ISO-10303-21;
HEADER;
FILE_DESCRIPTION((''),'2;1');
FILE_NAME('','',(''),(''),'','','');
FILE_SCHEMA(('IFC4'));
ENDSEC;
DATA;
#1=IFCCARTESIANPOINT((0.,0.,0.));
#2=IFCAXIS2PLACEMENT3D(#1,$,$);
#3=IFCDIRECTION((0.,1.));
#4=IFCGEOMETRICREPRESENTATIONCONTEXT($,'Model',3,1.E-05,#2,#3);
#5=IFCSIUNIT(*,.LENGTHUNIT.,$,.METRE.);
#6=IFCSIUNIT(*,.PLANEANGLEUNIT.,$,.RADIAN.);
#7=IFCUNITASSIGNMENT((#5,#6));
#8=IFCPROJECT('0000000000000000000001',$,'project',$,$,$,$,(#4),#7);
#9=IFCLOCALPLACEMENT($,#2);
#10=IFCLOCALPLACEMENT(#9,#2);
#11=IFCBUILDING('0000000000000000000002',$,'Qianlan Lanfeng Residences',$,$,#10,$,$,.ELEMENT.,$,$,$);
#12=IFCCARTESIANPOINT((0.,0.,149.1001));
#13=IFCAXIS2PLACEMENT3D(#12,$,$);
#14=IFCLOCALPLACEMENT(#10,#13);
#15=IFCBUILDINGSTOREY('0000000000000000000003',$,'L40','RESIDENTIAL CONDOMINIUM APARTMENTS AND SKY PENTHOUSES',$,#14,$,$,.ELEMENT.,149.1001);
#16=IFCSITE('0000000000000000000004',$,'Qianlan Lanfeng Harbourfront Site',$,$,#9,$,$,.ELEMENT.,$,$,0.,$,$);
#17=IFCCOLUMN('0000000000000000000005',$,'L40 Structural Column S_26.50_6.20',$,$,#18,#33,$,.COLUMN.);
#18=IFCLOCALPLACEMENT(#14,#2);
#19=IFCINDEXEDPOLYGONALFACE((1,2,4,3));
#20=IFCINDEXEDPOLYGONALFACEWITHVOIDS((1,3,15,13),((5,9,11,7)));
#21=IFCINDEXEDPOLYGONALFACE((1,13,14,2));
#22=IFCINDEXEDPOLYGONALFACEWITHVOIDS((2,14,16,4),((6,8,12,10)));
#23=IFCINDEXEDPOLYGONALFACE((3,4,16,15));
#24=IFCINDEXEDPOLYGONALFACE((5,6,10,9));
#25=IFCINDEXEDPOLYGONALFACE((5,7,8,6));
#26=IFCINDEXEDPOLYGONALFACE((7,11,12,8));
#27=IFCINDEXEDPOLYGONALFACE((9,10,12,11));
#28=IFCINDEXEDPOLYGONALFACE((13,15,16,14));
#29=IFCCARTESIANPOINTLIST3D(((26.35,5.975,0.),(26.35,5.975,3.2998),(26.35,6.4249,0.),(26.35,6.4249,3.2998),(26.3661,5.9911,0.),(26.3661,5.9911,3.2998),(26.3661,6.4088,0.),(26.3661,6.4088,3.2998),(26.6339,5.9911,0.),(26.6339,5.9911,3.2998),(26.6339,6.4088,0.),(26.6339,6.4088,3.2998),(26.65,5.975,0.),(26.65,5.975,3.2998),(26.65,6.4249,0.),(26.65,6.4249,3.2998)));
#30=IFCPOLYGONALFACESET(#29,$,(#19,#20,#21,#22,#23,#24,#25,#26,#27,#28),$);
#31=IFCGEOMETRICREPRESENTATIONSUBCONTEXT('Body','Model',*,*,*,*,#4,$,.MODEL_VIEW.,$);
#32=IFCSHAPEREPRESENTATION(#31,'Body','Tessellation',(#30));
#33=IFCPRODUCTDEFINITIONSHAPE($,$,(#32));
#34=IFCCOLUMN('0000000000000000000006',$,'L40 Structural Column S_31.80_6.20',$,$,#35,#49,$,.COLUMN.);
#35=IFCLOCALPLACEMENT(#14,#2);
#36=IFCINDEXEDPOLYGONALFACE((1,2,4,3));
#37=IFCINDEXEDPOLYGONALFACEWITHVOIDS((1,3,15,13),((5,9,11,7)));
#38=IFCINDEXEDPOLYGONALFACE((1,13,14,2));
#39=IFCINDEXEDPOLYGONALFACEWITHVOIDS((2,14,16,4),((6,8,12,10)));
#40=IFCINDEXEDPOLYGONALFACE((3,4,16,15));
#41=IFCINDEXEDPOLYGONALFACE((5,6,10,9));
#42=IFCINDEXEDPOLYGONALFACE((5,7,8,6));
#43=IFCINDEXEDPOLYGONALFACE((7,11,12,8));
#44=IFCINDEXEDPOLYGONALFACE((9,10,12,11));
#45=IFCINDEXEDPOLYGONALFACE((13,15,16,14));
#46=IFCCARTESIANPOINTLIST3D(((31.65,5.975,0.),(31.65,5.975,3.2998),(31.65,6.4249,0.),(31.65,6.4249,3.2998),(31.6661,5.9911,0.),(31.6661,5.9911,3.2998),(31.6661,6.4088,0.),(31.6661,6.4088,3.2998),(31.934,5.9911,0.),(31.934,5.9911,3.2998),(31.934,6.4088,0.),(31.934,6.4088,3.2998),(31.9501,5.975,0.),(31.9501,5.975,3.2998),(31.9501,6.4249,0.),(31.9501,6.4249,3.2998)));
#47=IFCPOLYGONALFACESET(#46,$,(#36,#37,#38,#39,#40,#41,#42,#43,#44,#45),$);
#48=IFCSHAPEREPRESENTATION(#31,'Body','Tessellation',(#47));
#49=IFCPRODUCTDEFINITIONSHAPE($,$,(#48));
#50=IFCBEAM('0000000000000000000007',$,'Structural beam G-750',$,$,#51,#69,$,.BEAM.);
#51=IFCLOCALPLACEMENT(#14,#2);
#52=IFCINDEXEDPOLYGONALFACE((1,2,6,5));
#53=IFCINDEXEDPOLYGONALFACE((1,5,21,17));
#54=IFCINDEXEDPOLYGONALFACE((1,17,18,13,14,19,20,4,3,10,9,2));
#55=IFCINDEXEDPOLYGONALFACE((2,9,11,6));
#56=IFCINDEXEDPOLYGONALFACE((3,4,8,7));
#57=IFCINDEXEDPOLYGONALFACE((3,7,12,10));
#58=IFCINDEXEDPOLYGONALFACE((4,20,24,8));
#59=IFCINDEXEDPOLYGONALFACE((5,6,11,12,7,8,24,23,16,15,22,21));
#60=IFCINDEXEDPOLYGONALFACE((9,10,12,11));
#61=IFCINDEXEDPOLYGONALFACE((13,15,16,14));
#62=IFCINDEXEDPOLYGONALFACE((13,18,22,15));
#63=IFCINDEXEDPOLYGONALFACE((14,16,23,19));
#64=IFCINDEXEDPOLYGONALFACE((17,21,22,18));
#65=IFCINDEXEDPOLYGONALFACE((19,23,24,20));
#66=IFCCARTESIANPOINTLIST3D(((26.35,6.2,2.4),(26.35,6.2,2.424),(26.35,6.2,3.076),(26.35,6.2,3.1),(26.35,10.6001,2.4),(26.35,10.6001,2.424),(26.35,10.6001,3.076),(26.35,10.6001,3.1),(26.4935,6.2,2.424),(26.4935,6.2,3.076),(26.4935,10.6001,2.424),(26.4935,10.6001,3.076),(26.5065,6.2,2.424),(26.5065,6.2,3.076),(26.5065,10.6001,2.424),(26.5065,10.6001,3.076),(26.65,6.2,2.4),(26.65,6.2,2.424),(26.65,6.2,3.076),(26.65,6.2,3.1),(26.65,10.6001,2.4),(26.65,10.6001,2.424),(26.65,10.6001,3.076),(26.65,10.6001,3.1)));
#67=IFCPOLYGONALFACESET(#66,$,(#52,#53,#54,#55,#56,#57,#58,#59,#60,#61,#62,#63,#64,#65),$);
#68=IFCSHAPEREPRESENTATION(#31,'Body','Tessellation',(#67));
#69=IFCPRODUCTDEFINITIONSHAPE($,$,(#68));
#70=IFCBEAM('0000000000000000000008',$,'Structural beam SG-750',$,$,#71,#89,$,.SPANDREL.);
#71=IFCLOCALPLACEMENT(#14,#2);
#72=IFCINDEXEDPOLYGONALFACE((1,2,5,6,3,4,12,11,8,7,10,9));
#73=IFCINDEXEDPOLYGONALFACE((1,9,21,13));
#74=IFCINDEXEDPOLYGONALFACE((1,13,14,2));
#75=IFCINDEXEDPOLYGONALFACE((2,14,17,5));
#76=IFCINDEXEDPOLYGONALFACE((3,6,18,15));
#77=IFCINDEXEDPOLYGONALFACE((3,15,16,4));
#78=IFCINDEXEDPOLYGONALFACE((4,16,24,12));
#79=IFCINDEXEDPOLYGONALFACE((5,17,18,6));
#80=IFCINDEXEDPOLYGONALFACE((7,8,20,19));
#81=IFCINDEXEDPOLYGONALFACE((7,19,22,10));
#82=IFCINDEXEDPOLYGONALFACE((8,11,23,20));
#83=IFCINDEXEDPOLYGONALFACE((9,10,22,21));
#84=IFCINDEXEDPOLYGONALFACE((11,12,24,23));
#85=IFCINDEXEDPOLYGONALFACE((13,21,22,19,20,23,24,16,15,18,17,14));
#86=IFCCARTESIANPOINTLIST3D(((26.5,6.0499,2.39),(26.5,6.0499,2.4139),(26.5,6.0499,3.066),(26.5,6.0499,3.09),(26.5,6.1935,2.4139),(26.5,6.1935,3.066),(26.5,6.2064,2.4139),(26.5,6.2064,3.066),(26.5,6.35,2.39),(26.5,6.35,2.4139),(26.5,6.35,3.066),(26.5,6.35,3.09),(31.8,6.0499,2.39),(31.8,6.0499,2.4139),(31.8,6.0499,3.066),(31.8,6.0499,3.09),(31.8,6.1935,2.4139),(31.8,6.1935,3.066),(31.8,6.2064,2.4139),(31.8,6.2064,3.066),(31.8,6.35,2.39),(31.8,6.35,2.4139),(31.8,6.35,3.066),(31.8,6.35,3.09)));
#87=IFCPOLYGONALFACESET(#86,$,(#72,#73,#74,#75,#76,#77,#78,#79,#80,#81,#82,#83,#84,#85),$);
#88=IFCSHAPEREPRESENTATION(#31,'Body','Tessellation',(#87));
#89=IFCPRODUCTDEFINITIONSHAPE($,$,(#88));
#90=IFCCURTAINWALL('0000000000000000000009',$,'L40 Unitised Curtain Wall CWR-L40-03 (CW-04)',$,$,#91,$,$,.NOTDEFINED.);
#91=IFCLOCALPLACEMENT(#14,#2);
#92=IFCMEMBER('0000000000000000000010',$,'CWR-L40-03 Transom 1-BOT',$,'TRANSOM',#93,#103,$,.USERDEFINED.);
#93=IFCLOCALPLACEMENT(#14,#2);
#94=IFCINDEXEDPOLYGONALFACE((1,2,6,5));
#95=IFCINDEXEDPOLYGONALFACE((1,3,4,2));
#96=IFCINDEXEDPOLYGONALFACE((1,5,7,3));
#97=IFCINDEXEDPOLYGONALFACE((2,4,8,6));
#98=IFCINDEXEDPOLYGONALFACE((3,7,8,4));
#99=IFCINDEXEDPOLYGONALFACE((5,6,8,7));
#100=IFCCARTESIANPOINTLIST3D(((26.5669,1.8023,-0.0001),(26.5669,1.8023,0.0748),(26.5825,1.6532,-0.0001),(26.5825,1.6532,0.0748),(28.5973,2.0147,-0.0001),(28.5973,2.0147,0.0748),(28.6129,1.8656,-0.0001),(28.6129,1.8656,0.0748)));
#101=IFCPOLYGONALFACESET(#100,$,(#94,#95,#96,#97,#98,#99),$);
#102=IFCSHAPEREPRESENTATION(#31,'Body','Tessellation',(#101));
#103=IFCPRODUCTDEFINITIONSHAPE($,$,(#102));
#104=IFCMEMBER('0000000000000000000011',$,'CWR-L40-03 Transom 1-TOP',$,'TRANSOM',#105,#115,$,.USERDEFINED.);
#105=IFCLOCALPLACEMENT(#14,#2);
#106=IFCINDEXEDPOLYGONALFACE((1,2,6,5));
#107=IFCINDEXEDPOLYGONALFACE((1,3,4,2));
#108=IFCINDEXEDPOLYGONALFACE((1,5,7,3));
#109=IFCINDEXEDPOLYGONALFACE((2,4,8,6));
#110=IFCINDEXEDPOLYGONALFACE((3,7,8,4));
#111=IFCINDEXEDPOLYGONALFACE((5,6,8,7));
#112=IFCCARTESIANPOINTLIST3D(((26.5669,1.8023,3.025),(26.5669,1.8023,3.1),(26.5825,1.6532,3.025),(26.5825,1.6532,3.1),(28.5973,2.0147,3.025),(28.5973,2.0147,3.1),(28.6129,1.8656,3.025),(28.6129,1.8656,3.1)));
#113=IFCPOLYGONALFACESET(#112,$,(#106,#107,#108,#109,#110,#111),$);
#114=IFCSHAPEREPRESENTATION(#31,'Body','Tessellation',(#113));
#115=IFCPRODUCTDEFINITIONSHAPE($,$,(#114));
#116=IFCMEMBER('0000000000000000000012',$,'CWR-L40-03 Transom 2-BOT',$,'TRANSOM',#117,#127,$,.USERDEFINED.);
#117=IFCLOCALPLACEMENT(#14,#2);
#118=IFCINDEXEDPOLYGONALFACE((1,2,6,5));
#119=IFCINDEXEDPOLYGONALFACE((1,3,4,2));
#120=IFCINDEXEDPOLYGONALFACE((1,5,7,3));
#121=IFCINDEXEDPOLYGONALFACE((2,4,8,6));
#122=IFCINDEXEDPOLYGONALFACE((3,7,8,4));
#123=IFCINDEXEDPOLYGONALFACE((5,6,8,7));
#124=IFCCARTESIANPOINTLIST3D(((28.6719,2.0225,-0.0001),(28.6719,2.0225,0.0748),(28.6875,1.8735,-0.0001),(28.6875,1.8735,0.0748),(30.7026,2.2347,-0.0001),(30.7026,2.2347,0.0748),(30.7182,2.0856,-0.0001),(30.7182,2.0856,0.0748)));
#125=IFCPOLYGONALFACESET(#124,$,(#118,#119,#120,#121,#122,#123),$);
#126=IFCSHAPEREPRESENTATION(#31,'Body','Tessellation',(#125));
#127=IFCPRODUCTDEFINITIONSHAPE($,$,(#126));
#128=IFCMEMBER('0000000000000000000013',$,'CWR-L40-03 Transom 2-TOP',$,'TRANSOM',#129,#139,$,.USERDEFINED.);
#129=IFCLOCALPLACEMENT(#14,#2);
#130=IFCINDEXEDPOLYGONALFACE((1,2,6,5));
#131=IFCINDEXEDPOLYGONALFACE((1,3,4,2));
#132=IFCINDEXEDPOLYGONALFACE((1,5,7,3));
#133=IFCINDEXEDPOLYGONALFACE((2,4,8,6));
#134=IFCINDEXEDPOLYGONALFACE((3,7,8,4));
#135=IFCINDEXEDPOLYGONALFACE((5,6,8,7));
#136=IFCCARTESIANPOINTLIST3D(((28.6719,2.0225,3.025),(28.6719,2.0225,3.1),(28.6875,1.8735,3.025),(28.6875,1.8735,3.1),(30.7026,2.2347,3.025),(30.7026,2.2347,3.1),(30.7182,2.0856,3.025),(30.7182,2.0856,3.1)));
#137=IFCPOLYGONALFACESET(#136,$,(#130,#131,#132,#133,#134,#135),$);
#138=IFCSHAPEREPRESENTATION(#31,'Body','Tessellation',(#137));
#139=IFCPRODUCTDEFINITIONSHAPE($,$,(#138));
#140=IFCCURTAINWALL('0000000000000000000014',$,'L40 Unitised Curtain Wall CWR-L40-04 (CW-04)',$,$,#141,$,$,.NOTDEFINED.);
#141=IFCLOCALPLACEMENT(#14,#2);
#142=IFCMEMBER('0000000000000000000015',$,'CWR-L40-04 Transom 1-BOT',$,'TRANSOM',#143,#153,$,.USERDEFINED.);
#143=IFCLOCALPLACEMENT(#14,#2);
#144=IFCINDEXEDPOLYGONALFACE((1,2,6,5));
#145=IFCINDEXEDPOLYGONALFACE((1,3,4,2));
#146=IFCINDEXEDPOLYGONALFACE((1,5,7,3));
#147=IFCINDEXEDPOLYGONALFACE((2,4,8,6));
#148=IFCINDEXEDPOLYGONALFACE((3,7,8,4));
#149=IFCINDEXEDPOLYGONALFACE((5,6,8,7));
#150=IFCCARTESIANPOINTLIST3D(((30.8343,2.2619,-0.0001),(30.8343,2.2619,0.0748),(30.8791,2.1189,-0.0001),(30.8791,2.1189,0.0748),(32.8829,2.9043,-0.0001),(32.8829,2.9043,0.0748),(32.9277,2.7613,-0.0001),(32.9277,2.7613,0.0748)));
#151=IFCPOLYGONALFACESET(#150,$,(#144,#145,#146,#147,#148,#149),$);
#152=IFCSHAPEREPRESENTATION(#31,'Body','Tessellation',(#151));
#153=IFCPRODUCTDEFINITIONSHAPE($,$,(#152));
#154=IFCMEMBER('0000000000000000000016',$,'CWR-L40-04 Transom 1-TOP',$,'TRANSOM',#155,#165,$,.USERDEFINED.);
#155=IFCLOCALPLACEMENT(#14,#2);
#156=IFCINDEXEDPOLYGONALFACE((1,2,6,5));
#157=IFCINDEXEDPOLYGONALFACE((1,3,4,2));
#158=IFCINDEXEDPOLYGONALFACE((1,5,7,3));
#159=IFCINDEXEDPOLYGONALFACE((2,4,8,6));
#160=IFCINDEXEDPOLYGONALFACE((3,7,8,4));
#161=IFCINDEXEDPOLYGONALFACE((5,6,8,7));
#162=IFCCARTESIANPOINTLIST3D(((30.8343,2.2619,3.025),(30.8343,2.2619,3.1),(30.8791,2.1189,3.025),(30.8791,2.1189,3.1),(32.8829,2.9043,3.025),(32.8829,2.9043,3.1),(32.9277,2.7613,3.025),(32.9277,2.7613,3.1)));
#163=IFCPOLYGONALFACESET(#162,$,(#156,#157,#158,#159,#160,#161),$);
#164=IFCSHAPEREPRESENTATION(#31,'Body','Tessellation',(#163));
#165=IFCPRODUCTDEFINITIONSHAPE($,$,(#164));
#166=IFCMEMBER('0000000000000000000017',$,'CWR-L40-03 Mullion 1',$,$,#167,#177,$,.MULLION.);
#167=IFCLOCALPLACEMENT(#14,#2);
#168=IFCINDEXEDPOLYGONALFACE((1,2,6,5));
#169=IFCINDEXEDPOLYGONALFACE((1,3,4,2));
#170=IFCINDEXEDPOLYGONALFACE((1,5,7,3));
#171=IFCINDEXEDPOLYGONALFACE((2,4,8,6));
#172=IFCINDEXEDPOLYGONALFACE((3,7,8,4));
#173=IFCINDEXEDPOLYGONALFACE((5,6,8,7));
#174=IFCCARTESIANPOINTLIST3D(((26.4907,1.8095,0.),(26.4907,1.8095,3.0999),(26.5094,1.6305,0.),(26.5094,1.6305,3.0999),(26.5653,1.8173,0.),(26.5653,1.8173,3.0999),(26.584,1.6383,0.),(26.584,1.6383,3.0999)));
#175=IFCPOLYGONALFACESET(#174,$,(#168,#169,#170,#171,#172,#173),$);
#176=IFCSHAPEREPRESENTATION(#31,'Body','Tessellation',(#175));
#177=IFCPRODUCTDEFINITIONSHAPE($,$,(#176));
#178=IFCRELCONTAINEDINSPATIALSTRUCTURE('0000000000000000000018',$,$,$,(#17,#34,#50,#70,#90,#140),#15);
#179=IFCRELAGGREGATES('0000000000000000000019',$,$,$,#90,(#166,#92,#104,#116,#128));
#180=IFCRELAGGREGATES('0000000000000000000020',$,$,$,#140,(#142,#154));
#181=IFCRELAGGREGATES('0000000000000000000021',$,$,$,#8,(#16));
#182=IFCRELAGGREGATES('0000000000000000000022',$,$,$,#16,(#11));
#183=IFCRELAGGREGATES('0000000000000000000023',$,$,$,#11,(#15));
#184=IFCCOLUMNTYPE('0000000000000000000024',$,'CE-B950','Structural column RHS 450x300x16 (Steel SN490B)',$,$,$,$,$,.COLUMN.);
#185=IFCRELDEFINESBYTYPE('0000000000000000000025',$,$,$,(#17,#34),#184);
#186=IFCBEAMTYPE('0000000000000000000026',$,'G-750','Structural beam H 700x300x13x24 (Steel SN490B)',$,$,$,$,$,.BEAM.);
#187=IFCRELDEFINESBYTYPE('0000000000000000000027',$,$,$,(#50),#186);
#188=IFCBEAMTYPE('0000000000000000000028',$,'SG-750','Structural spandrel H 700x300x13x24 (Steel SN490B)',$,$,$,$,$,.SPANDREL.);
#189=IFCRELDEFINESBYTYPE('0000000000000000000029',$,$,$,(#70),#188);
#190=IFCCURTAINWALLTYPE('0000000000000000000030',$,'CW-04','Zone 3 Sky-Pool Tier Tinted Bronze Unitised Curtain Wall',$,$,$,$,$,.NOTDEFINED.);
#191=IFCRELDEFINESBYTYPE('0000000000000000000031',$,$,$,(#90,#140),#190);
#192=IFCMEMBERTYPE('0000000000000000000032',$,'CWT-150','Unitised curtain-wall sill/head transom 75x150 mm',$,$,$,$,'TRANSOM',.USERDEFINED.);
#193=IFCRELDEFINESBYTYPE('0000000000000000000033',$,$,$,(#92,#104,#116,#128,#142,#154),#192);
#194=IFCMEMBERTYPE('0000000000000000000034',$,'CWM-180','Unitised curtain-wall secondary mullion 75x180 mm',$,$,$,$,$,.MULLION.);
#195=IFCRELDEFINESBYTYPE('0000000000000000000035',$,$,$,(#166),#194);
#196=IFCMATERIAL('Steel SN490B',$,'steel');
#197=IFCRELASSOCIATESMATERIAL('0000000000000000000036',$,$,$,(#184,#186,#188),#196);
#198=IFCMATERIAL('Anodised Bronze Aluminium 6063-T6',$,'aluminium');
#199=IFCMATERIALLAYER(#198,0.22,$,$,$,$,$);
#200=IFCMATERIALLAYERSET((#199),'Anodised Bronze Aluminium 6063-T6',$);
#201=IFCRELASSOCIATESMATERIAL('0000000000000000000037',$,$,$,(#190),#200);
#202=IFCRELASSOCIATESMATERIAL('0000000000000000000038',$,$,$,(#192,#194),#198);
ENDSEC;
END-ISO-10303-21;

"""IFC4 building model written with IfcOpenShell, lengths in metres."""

from ifc_helpers import new_model, si_unit, direction, frame, origin, origin_2d, place, context, subcontext, project, spatial, rectangle, hollow_rectangle, i_section, extrude, source, transform, mapped, material, layer, layer_set, material_profile, profile_set, type_object, element, aggregate, save


model = new_model("IFC4")

# Units and contexts
model_context = context("Model", 3, precision=1e-05, world=origin(), true_north=direction((0.0, 1.0)))
body_context = subcontext(model_context, "Body", "Model", "MODEL_VIEW")
ifc_project = project(units=[si_unit("LENGTHUNIT", "METRE"), si_unit("PLANEANGLEUNIT", "RADIAN")], contexts=[model_context])

# Site, building, storey
site_placement = place(None, origin())
site = spatial("IfcSite", under=ifc_project, at=site_placement, Name="Qianlan Lanfeng Harbourfront Site", CompositionType="ELEMENT", RefElevation=0.0)
building_placement = place(site_placement, origin())
building = spatial("IfcBuilding", under=site, at=building_placement, Name="Qianlan Lanfeng Residences", CompositionType="ELEMENT")
storey_placement = place(building_placement, frame((0.0, 0.0, 149.1001)))
storey = spatial("IfcBuildingStorey", under=building, at=storey_placement, Name="L40", Description="RESIDENTIAL CONDOMINIUM APARTMENTS AND SKY PENTHOUSES", CompositionType="ELEMENT", Elevation=149.1001)

# Columns
ifc_material_1 = material(Name="Steel SN490B", Category="steel")
ifc_material_profile_1 = material_profile(ifc_material_1, hollow_rectangle(XDim=0.3, YDim=0.45, WallThickness=0.0161, at=origin_2d()), Name="RHS 450x300x16")
ifc_profile_set_1 = profile_set([ifc_material_profile_1], Name="Steel SN490B")
column_type = type_object("IfcColumnType", Name="CE-B950", Description="Structural column RHS 450x300x16 (Steel SN490B)", PredefinedType="COLUMN", material=ifc_profile_set_1)
for number, where, z_axis, x_axis, name in (
    (1, (26.5, 6.2, 0.0), (0.0, 0.0, 1.0), (1.0, 0.0, 0.0), "L40 Structural Column S_26.50_6.20"),
    (2, (31.8, 6.2, 0.0), (0.0, 0.0, 1.0), (1.0, 0.0, 0.0), "L40 Structural Column S_31.80_6.20"),
):
    element("IfcColumn", number, at=place(storey_placement, frame(where, z_axis=z_axis, x_axis=x_axis)), inside=storey, type_object=column_type, Name=name, PredefinedType="COLUMN", context=body_context, shape_type="SweptSolid", body=[
        extrude(hollow_rectangle(XDim=0.3, YDim=0.45, WallThickness=0.0161, at=origin_2d()), origin(), (0.0, 0.0, 1.0), 3.2998),
    ])

# Beams
ifc_material_profile_2 = material_profile(ifc_material_1, i_section(OverallWidth=0.3, OverallDepth=0.7, WebThickness=0.0129, FlangeThickness=0.0239, at=origin_2d()), Name="H 700x300x13x24")
ifc_profile_set_2 = profile_set([ifc_material_profile_2], Name="Steel SN490B")
beam_type_1 = type_object("IfcBeamType", Name="G-750", Description="Structural beam H 700x300x13x24 (Steel SN490B)", PredefinedType="BEAM", material=ifc_profile_set_2)
beam_1_placement = place(storey_placement, frame((26.5, 6.2, 2.75), z_axis=(0.0, 1.0, 0.0), x_axis=(-1.0, 0.0, 0.0)))
element("IfcBeam", 3, at=beam_1_placement, inside=storey, type_object=beam_type_1, Name="Structural beam G-750", PredefinedType="BEAM", context=body_context, shape_type="SweptSolid", body=[
    extrude(i_section(OverallWidth=0.3, OverallDepth=0.7, WebThickness=0.0129, FlangeThickness=0.0239, at=origin_2d()), origin(), (0.0, 0.0, 1.0), 4.4001),
])
ifc_material_profile_3 = material_profile(ifc_material_1, i_section(OverallWidth=0.3, OverallDepth=0.7, WebThickness=0.0129, FlangeThickness=0.0239, at=origin_2d()), Name="H 700x300x13x24")
ifc_profile_set_3 = profile_set([ifc_material_profile_3], Name="Steel SN490B")
beam_type_2 = type_object("IfcBeamType", Name="SG-750", Description="Structural spandrel H 700x300x13x24 (Steel SN490B)", PredefinedType="SPANDREL", material=ifc_profile_set_3)
beam_2_placement = place(storey_placement, frame((26.5, 6.2, 2.74), z_axis=(1.0, 0.0, 0.0), x_axis=(0.0, 1.0, 0.0)))
element("IfcBeam", 4, at=beam_2_placement, inside=storey, type_object=beam_type_2, Name="Structural beam SG-750", PredefinedType="SPANDREL", context=body_context, shape_type="SweptSolid", body=[
    extrude(i_section(OverallWidth=0.3, OverallDepth=0.7, WebThickness=0.0129, FlangeThickness=0.0239, at=origin_2d()), origin(), (0.0, 0.0, 1.0), 5.3),
])

# Curtain walls, members
ifc_material_2 = material(Name="Anodised Bronze Aluminium 6063-T6", Category="aluminium")
ifc_layer_1 = layer(ifc_material_2, 0.22)
ifc_layer_set_1 = layer_set([ifc_layer_1], Name="Anodised Bronze Aluminium 6063-T6")
curtain_wall_type = type_object("IfcCurtainWallType", Name="CW-04", Description="Zone 3 Sky-Pool Tier Tinted Bronze Unitised Curtain Wall", PredefinedType="NOTDEFINED", material=ifc_layer_set_1)
curtain_wall_1_placement = place(storey_placement, origin())
curtain_wall_1 = element("IfcCurtainWall", 5, at=curtain_wall_1_placement, inside=storey, type_object=curtain_wall_type, Name="L40 Unitised Curtain Wall CWR-L40-03 (CW-04)", PredefinedType="NOTDEFINED")
ifc_material_profile_4 = material_profile(ifc_material_2, rectangle(XDim=0.075, YDim=0.1499, at=origin_2d()), Name="ALU TRANSOM 75x150")
ifc_profile_set_4 = profile_set([ifc_material_profile_4], Name="Anodised Bronze Aluminium 6063-T6")
member_type_1 = type_object("IfcMemberType", Name="CWT-150", Description="Unitised curtain-wall sill/head transom 75x150 mm", ElementType="TRANSOM", PredefinedType="USERDEFINED", material=ifc_profile_set_4)
shared_shape_1 = source(origin(), body_context, "Body", "SweptSolid", [
    extrude(rectangle(XDim=0.075, YDim=0.1499, at=origin_2d()), origin(), (0.0, 0.0, 1.0), 2.0415),
])
member_1_placement = place(storey_placement, frame((26.5747, 1.7278, 0.0374), z_axis=(0.994573, 0.104037, 0.0), x_axis=(0.0, 0.0, 1.0)))
member_1 = element("IfcMember", 6, at=member_1_placement, type_object=member_type_1, Name="CWR-L40-03 Transom 1-BOT", ObjectType="TRANSOM", PredefinedType="USERDEFINED", context=body_context, shape_type="MappedRepresentation", body=[
    mapped(shared_shape_1, transform((0.0, 0.0, 0.0), scale=1.0)),
])
member_2_placement = place(storey_placement, frame((26.5747, 1.7278, 3.0625), z_axis=(0.994573, 0.104037, 0.0), x_axis=(0.0, 0.0, 1.0)))
member_2 = element("IfcMember", 7, at=member_2_placement, type_object=member_type_1, Name="CWR-L40-03 Transom 1-TOP", ObjectType="TRANSOM", PredefinedType="USERDEFINED", context=body_context, shape_type="MappedRepresentation", body=[
    mapped(shared_shape_1, transform((0.0, 0.0, 0.0), scale=1.0)),
])
shared_shape_2 = source(origin(), body_context, "Body", "SweptSolid", [
    extrude(rectangle(XDim=0.075, YDim=0.1499, at=origin_2d()), origin(), (0.0, 0.0, 1.0), 2.0417),
])
member_3_placement = place(storey_placement, frame((28.6797, 1.948, 0.0374), z_axis=(0.994587, 0.103907, 0.0), x_axis=(0.0, 0.0, 1.0)))
member_3 = element("IfcMember", 8, at=member_3_placement, type_object=member_type_1, Name="CWR-L40-03 Transom 2-BOT", ObjectType="TRANSOM", PredefinedType="USERDEFINED", context=body_context, shape_type="MappedRepresentation", body=[
    mapped(shared_shape_2, transform((0.0, 0.0, 0.0), scale=1.0)),
])
member_4_placement = place(storey_placement, frame((28.6797, 1.948, 3.0625), z_axis=(0.994587, 0.103907, 0.0), x_axis=(0.0, 0.0, 1.0)))
member_4 = element("IfcMember", 9, at=member_4_placement, type_object=member_type_1, Name="CWR-L40-03 Transom 2-TOP", ObjectType="TRANSOM", PredefinedType="USERDEFINED", context=body_context, shape_type="MappedRepresentation", body=[
    mapped(shared_shape_2, transform((0.0, 0.0, 0.0), scale=1.0)),
])
curtain_wall_2_placement = place(storey_placement, origin())
curtain_wall_2 = element("IfcCurtainWall", 10, at=curtain_wall_2_placement, inside=storey, type_object=curtain_wall_type, Name="L40 Unitised Curtain Wall CWR-L40-04 (CW-04)", PredefinedType="NOTDEFINED")
shared_shape_3 = source(origin(), body_context, "Body", "SweptSolid", [
    extrude(rectangle(XDim=0.075, YDim=0.1499, at=origin_2d()), origin(), (0.0, 0.0, 1.0), 2.147),
])
member_5_placement = place(storey_placement, frame((30.8567, 2.1904, 0.0374), z_axis=(0.954194, 0.299188, 0.0), x_axis=(0.0, 0.0, 1.0)))
member_5 = element("IfcMember", 11, at=member_5_placement, type_object=member_type_1, Name="CWR-L40-04 Transom 1-BOT", ObjectType="TRANSOM", PredefinedType="USERDEFINED", context=body_context, shape_type="MappedRepresentation", body=[
    mapped(shared_shape_3, transform((0.0, 0.0, 0.0), scale=1.0)),
])
member_6_placement = place(storey_placement, frame((30.8567, 2.1904, 3.0625), z_axis=(0.954194, 0.299188, 0.0), x_axis=(0.0, 0.0, 1.0)))
member_6 = element("IfcMember", 12, at=member_6_placement, type_object=member_type_1, Name="CWR-L40-04 Transom 1-TOP", ObjectType="TRANSOM", PredefinedType="USERDEFINED", context=body_context, shape_type="MappedRepresentation", body=[
    mapped(shared_shape_3, transform((0.0, 0.0, 0.0), scale=1.0)),
])

# Member
ifc_material_profile_5 = material_profile(ifc_material_2, rectangle(XDim=0.075, YDim=0.1799, at=origin_2d()), Name="ALU MULLION 75x180")
ifc_profile_set_5 = profile_set([ifc_material_profile_5], Name="Anodised Bronze Aluminium 6063-T6")
member_type_2 = type_object("IfcMemberType", Name="CWM-180", Description="Unitised curtain-wall secondary mullion 75x180 mm", PredefinedType="MULLION", material=ifc_profile_set_5)
shared_shape_4 = source(origin(), body_context, "Body", "SweptSolid", [
    extrude(rectangle(XDim=0.075, YDim=0.1799, at=origin_2d()), origin(), (0.0, 0.0, 1.0), 3.0999),
])
member_7_placement = place(storey_placement, frame((26.5374, 1.7239, 0.0), z_axis=(0.0, 0.0, 1.0), x_axis=(0.994579, 0.103983, 0.0)))
member_7 = element("IfcMember", 13, at=member_7_placement, type_object=member_type_2, Name="CWR-L40-03 Mullion 1", PredefinedType="MULLION", context=body_context, shape_type="MappedRepresentation", body=[
    mapped(shared_shape_4, transform((0.0, 0.0, 0.0), scale=1.0)),
])

aggregate(curtain_wall_1, [member_7, member_1, member_2, member_3, member_4])
aggregate(curtain_wall_2, [member_5, member_6])

save(model, "model.ifc")
